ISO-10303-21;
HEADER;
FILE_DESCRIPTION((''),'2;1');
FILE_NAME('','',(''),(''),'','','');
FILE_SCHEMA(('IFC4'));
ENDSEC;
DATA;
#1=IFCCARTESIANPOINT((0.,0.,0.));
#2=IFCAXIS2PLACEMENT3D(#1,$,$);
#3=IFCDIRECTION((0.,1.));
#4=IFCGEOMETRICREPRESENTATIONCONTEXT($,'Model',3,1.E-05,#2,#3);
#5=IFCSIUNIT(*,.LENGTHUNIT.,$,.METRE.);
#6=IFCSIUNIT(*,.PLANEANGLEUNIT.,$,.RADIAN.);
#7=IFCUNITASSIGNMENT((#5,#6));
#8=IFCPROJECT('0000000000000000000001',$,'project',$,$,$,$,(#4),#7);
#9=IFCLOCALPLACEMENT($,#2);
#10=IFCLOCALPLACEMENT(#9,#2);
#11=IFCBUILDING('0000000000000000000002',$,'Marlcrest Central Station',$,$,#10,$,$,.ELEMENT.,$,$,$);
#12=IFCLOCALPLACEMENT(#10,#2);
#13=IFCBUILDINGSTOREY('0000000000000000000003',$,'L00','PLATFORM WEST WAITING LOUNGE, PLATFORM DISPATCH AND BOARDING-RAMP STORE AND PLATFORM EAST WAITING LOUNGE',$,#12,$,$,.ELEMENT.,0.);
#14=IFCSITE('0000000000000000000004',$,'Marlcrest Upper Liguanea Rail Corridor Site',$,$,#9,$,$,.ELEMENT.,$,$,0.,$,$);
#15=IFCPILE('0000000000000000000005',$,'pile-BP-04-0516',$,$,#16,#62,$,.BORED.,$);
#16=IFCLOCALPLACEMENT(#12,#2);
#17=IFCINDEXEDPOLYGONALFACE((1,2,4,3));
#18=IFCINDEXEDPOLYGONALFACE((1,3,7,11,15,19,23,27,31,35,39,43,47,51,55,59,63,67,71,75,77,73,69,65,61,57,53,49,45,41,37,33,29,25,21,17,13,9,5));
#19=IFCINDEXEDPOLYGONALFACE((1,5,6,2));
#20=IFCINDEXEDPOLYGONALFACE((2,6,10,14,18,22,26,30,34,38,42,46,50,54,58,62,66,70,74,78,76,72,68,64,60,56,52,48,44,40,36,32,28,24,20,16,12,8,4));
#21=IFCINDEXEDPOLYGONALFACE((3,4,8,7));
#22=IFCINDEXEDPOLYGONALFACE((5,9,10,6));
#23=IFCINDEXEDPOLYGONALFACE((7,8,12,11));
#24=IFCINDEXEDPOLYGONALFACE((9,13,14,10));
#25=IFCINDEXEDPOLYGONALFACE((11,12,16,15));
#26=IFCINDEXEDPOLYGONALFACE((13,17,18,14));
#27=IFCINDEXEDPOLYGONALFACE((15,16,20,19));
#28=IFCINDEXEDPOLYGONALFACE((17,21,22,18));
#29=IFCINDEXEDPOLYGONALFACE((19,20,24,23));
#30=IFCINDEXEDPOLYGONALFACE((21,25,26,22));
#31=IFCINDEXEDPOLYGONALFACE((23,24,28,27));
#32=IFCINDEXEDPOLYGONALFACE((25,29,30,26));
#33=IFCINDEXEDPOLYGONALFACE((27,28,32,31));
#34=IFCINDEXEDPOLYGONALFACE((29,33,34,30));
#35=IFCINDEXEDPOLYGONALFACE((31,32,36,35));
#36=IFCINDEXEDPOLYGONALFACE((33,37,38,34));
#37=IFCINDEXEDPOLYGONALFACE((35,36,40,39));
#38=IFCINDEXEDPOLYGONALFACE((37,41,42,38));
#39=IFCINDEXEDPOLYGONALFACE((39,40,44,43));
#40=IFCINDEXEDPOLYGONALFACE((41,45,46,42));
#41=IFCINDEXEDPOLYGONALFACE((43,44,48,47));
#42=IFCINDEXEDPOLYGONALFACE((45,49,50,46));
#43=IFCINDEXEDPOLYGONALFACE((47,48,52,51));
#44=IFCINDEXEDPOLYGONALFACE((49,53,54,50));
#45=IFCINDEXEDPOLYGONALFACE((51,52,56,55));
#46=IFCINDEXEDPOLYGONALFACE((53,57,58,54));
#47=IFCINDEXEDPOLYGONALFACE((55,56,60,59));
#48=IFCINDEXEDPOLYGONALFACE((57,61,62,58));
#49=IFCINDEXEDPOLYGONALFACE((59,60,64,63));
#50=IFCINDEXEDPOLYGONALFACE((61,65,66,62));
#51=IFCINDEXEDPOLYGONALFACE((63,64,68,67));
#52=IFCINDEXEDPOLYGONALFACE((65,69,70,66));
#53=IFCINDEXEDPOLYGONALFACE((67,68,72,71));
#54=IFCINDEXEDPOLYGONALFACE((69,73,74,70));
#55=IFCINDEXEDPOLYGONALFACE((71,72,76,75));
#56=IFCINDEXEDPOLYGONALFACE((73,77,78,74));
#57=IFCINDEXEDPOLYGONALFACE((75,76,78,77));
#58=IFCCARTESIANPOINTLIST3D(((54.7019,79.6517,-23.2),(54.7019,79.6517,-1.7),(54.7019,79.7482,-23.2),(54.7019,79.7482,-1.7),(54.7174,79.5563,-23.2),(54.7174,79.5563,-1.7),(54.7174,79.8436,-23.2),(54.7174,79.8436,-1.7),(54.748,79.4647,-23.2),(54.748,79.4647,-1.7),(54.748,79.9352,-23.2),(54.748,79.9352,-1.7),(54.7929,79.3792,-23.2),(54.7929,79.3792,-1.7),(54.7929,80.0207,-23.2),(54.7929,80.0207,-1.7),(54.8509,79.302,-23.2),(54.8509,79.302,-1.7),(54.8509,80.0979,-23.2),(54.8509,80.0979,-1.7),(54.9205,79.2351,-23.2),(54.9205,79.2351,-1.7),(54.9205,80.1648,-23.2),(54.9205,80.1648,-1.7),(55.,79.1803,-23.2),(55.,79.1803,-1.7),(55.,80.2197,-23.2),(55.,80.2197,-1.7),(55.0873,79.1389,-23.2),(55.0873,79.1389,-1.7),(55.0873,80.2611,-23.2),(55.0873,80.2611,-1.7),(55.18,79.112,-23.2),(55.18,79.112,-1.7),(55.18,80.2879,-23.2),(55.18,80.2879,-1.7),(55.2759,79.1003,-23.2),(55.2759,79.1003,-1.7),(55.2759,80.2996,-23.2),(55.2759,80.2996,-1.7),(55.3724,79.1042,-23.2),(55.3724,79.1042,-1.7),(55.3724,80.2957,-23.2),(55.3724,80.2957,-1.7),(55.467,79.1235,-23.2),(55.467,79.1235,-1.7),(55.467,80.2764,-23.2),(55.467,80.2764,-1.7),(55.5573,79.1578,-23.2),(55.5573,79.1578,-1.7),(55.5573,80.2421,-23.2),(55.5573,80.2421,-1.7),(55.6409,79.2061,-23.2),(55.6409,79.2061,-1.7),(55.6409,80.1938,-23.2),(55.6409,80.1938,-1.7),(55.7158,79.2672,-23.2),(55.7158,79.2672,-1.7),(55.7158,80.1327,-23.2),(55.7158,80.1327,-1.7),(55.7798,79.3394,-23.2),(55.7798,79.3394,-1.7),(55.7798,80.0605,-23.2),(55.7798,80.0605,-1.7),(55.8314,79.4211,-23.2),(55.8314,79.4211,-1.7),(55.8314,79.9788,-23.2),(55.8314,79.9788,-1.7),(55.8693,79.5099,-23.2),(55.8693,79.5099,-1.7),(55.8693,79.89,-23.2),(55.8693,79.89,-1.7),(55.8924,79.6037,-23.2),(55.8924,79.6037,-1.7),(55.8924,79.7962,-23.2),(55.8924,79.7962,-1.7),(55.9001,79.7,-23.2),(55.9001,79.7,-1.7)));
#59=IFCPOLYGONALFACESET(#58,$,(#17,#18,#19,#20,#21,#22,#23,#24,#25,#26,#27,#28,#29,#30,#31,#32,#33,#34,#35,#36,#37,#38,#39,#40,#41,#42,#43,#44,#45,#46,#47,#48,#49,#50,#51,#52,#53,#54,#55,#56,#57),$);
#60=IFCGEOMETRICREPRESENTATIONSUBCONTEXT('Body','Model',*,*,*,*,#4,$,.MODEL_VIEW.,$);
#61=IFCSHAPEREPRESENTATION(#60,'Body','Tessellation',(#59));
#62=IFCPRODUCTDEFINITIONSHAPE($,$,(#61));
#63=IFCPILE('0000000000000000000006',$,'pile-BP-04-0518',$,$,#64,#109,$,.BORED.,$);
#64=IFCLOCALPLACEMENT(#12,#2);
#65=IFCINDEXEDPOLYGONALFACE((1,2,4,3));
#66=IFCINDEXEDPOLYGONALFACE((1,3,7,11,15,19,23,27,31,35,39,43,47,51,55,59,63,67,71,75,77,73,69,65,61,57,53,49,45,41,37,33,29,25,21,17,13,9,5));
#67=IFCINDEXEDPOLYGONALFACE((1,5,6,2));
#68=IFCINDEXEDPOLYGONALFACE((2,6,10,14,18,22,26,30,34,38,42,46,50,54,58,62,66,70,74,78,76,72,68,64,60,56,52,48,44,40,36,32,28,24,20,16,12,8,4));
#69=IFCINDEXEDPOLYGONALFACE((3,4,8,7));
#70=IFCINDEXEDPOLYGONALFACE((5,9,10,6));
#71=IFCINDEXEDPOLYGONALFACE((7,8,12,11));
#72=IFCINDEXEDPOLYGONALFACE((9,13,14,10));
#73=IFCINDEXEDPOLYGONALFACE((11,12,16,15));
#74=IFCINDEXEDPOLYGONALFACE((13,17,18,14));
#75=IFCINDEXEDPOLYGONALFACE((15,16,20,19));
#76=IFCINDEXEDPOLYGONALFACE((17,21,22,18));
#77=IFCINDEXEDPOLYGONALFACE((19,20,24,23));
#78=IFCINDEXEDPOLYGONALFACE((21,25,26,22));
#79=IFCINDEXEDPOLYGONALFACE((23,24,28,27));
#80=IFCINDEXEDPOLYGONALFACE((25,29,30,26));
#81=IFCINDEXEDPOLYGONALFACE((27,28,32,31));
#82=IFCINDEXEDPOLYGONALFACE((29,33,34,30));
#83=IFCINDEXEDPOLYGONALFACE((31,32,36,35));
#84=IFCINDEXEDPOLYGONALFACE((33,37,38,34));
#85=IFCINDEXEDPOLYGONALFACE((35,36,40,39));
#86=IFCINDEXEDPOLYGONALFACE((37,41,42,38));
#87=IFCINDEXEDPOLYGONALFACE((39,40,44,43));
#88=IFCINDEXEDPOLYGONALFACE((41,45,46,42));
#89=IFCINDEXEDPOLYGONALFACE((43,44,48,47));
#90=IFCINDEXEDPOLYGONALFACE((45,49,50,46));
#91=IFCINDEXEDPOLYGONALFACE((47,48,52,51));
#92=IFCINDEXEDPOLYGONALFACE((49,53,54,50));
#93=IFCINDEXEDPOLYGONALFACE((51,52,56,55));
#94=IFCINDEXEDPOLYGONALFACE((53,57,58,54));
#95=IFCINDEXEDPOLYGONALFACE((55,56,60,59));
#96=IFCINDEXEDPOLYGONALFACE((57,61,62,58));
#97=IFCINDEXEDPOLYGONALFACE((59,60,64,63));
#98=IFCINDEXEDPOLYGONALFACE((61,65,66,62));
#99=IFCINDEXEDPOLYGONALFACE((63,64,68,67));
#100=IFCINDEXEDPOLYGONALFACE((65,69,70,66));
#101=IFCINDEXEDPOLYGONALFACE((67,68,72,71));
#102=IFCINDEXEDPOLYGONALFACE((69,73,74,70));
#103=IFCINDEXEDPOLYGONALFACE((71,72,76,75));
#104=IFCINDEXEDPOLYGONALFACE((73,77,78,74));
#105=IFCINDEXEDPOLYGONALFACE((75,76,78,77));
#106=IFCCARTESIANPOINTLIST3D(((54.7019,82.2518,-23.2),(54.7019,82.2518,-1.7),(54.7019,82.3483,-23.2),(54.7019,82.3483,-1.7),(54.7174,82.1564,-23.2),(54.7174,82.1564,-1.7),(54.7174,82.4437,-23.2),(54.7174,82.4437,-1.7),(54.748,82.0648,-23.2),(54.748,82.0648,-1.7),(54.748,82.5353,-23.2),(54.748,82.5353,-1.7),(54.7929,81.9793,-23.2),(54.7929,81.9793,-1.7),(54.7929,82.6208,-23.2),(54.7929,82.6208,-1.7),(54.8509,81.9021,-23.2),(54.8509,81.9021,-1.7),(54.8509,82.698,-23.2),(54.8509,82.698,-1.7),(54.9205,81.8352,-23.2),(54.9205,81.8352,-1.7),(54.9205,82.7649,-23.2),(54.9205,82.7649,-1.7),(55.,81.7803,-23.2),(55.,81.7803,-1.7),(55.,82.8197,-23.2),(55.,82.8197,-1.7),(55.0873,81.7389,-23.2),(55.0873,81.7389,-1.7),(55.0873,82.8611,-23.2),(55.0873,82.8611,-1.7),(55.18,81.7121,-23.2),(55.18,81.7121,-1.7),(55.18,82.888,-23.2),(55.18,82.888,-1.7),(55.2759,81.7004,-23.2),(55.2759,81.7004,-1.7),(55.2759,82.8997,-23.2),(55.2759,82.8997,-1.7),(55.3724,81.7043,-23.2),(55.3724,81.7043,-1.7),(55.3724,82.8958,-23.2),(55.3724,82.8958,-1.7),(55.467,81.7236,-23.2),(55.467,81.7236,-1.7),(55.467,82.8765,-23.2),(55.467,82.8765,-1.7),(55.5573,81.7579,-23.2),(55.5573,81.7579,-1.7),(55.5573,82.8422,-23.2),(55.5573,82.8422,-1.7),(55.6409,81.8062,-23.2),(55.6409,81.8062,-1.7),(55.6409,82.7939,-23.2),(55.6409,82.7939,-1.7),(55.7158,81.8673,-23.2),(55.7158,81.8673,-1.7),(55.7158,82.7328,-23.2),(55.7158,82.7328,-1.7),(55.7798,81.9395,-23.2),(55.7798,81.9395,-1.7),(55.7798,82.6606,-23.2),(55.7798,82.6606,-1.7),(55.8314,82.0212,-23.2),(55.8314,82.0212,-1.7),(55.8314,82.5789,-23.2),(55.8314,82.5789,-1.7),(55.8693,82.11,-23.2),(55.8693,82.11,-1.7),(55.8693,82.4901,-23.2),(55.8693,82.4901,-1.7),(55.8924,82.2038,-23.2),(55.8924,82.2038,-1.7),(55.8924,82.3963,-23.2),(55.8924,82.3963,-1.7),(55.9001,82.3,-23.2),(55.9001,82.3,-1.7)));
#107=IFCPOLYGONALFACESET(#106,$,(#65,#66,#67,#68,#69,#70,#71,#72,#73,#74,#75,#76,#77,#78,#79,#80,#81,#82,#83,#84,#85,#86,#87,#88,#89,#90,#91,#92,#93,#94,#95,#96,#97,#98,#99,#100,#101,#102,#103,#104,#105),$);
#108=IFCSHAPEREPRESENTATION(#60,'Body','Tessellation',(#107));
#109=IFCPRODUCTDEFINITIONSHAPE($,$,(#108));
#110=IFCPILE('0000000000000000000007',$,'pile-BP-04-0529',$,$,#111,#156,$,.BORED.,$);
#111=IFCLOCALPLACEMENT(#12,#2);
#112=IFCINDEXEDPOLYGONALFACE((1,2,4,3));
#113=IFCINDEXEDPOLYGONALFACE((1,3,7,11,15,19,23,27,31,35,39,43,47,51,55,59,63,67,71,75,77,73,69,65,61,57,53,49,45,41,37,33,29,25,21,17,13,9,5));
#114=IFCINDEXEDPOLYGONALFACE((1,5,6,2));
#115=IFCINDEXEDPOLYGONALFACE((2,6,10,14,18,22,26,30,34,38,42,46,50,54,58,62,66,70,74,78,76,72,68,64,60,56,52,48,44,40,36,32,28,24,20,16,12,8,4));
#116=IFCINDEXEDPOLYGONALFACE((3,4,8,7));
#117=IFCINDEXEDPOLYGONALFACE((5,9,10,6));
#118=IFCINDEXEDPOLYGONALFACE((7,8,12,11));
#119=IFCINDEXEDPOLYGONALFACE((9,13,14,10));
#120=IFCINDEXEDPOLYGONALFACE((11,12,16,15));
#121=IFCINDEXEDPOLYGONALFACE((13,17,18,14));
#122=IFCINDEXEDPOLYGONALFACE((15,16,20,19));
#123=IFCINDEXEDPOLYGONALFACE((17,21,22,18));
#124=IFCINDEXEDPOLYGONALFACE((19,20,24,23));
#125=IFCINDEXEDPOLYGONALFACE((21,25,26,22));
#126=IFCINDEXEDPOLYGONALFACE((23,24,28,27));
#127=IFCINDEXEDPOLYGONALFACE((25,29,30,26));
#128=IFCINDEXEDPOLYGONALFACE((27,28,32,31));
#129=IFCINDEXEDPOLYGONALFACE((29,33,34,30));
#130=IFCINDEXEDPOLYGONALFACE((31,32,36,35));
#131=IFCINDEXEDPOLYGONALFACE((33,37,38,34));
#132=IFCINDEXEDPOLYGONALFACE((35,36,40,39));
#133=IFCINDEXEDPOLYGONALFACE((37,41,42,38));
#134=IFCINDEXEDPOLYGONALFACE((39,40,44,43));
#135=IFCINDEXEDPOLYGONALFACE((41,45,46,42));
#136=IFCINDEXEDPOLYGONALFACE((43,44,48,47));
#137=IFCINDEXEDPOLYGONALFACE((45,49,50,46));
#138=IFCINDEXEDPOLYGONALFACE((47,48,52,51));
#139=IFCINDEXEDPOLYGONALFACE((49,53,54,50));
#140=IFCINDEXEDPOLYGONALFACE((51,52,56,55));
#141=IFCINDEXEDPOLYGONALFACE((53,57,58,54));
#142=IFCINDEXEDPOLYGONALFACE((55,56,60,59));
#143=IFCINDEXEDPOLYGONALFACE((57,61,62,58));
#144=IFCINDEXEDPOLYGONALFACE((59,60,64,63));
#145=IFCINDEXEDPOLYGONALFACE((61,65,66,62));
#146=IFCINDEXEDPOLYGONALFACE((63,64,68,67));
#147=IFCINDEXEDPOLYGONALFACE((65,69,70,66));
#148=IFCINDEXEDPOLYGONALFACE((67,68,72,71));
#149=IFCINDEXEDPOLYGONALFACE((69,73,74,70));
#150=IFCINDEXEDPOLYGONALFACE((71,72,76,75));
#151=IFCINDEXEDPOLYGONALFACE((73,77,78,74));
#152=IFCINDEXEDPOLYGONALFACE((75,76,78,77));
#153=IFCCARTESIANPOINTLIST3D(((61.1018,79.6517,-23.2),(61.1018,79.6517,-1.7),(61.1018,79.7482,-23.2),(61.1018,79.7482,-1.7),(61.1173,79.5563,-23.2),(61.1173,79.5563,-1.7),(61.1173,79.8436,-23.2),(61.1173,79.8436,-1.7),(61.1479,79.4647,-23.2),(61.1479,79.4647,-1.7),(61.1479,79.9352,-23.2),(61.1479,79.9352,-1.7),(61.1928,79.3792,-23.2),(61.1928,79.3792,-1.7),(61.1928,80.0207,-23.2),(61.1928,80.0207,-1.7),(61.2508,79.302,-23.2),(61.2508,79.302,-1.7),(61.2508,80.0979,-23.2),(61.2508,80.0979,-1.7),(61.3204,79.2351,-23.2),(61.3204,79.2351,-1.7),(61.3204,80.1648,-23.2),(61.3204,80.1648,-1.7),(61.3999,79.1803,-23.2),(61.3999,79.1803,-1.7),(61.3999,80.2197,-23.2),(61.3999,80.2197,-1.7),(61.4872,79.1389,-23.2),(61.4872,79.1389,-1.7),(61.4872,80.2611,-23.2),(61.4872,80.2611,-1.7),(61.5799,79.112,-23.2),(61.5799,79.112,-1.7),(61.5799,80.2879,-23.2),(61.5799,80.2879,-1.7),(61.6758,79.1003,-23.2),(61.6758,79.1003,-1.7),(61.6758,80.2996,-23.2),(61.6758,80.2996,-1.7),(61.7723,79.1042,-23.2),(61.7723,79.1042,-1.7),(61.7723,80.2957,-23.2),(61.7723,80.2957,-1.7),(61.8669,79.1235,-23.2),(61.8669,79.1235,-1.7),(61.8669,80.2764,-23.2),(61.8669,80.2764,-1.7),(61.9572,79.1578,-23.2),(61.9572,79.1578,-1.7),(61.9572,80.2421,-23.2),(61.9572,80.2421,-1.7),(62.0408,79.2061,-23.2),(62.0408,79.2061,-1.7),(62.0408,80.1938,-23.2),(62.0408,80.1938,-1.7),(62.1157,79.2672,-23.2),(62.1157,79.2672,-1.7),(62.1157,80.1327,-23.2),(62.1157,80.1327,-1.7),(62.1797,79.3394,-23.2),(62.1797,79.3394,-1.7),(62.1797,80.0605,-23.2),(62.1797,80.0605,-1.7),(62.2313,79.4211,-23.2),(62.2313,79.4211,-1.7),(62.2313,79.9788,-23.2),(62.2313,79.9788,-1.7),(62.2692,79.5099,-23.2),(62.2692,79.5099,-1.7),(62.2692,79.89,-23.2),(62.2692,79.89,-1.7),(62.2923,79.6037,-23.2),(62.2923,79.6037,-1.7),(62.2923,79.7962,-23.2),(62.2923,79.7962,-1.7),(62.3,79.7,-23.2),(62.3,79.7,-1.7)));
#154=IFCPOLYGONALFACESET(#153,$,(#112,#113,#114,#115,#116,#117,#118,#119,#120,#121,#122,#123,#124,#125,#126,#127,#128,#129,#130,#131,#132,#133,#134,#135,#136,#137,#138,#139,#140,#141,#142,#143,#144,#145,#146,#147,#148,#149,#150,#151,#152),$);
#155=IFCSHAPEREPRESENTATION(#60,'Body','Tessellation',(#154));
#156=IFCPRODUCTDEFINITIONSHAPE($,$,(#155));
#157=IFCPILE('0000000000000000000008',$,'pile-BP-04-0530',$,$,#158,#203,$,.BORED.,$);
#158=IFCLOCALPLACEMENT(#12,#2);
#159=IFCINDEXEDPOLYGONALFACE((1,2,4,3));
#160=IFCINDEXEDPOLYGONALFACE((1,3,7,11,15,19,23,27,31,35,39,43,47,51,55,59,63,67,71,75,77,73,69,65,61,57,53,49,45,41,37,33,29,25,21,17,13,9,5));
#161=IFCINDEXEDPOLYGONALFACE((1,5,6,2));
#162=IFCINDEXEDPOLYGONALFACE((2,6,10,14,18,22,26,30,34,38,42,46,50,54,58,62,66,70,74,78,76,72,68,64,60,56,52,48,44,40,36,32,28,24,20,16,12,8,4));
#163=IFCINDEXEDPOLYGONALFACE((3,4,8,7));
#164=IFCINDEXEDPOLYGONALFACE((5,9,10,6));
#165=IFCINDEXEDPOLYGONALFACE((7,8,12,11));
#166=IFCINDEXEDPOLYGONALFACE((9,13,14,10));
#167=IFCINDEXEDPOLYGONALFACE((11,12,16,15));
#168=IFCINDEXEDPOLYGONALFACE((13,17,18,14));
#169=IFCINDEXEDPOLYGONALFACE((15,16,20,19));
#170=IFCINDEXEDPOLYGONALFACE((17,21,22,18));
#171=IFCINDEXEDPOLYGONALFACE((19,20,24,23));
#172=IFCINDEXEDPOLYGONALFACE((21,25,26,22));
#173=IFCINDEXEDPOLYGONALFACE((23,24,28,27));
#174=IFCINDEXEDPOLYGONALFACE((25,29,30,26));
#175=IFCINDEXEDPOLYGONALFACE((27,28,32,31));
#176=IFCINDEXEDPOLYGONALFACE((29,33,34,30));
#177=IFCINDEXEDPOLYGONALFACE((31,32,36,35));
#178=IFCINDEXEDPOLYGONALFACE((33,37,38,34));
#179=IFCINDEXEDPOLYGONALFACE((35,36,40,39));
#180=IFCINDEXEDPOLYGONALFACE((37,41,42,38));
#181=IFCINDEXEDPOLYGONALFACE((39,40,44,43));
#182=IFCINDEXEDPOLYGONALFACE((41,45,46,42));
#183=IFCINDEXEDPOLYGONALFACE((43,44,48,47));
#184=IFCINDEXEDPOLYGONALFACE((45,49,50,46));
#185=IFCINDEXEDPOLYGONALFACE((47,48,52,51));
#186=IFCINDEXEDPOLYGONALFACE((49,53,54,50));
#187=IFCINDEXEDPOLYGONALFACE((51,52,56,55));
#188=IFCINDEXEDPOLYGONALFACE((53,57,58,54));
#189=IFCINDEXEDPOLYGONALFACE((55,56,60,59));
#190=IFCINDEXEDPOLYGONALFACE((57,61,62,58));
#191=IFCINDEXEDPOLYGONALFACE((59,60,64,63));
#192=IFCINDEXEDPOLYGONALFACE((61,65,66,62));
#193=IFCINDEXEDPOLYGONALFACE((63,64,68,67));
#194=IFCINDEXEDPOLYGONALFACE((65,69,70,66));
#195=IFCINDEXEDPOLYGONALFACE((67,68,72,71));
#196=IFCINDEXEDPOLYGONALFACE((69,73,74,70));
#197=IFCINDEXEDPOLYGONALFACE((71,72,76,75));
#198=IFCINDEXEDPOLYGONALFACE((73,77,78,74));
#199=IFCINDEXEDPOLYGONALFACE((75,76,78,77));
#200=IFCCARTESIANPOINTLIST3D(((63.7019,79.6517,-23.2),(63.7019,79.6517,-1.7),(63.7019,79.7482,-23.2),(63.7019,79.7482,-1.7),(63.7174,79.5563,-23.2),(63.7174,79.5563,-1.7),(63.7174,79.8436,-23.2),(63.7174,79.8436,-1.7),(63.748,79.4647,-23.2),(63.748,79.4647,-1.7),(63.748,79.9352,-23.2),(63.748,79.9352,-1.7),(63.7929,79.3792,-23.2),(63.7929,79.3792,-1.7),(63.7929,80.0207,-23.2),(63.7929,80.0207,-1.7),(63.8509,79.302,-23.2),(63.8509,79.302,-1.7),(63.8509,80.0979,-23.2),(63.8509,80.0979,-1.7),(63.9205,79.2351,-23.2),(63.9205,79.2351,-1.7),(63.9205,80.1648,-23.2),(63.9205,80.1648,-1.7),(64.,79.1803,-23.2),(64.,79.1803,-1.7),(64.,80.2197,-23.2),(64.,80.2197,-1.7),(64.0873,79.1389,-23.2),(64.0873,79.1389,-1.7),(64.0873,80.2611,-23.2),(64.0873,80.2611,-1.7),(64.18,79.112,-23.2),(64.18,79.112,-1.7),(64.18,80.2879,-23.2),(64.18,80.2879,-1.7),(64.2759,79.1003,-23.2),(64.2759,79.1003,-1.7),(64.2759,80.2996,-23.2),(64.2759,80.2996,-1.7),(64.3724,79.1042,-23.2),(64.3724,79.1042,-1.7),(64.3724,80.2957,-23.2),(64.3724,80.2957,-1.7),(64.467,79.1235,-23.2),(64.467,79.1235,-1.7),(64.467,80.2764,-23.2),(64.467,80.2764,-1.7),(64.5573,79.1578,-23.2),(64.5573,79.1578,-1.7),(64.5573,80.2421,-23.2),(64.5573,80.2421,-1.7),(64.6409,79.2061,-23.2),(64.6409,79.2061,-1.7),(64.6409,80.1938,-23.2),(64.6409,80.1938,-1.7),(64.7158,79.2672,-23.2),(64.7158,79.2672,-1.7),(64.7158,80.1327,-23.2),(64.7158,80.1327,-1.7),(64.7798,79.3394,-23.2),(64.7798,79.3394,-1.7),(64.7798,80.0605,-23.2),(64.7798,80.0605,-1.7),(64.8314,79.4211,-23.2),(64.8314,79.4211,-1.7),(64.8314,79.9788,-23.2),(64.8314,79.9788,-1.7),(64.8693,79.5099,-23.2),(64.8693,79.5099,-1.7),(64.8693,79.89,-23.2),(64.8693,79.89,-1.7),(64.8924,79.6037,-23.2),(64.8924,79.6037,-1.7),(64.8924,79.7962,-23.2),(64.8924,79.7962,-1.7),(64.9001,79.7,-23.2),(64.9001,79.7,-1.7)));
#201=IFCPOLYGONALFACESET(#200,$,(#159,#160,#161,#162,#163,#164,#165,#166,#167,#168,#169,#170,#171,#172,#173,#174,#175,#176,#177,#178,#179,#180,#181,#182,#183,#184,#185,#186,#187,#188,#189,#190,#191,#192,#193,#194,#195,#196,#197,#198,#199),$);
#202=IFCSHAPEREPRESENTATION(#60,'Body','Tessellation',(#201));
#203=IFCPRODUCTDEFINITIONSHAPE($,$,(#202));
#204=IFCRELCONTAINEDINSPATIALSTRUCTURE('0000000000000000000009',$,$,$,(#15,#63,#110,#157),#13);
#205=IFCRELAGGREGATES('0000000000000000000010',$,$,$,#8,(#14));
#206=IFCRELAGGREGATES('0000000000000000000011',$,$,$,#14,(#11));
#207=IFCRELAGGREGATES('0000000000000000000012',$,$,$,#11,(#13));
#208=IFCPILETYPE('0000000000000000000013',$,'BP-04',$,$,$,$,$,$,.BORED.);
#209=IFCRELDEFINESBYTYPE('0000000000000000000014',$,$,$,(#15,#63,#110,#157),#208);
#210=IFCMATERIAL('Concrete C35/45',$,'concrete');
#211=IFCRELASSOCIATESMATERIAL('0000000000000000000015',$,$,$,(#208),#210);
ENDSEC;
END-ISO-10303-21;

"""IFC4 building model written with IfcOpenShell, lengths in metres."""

from ifc_helpers import new_model, si_unit, direction, frame, origin, origin_2d, place, context, subcontext, project, spatial, circle, extrude, material, material_profile, profile_set, type_object, element, save


model = new_model("IFC4")

# Units and contexts
model_context = context("Model", 3, precision=1e-05, world=origin(), true_north=direction((0.0, 1.0)))
body_context = subcontext(model_context, "Body", "Model", "MODEL_VIEW")
ifc_project = project(units=[si_unit("LENGTHUNIT", "METRE"), si_unit("PLANEANGLEUNIT", "RADIAN")], contexts=[model_context])

# Site, building, storey
site_placement = place(None, origin())
site = spatial("IfcSite", under=ifc_project, at=site_placement, Name="Marlcrest Upper Liguanea Rail Corridor Site", CompositionType="ELEMENT", RefElevation=0.0)
building_placement = place(site_placement, origin())
building = spatial("IfcBuilding", under=site, at=building_placement, Name="Marlcrest Central Station", CompositionType="ELEMENT")
storey_placement = place(building_placement, origin())
storey = spatial("IfcBuildingStorey", under=building, at=storey_placement, Name="L00", Description="PLATFORM WEST WAITING LOUNGE, PLATFORM DISPATCH AND BOARDING-RAMP STORE AND PLATFORM EAST WAITING LOUNGE", CompositionType="ELEMENT", Elevation=0.0)

# Piles
ifc_material_1 = material(Name="Concrete C35/45", Category="concrete")
ifc_material_profile_1 = material_profile(ifc_material_1, circle(Radius=0.6001, at=origin_2d()), Name="PILE D1200")
ifc_profile_set_1 = profile_set([ifc_material_profile_1], Name="Concrete C35/45")
pile_type_1 = type_object("IfcPileType", Name="BP-04", PredefinedType="BORED", material=ifc_profile_set_1)
for number, where, z_axis, x_axis, name in (
    (1, (55.3, 79.7, -1.7), (0.0, 0.0, -1.0), (1.0, 0.0, 0.0), "pile-BP-04-0516"),
    (2, (55.3, 82.3, -1.7), (0.0, 0.0, -1.0), (1.0, 0.0, 0.0), "pile-BP-04-0518"),
    (3, (61.7, 79.7, -1.7), (0.0, 0.0, -1.0), (1.0, 0.0, 0.0), "pile-BP-04-0529"),
    (4, (64.3, 79.7, -1.7), (0.0, 0.0, -1.0), (1.0, 0.0, 0.0), "pile-BP-04-0530"),
):
    element("IfcPile", number, at=place(storey_placement, frame(where, z_axis=z_axis, x_axis=x_axis)), inside=storey, type_object=pile_type_1, Name=name, PredefinedType="BORED", context=body_context, shape_type="SweptSolid", body=[
        extrude(circle(Radius=0.6001, at=origin_2d()), origin(), (0.0, 0.0, 1.0), 21.5),
    ])

save(model, "model.ifc")
